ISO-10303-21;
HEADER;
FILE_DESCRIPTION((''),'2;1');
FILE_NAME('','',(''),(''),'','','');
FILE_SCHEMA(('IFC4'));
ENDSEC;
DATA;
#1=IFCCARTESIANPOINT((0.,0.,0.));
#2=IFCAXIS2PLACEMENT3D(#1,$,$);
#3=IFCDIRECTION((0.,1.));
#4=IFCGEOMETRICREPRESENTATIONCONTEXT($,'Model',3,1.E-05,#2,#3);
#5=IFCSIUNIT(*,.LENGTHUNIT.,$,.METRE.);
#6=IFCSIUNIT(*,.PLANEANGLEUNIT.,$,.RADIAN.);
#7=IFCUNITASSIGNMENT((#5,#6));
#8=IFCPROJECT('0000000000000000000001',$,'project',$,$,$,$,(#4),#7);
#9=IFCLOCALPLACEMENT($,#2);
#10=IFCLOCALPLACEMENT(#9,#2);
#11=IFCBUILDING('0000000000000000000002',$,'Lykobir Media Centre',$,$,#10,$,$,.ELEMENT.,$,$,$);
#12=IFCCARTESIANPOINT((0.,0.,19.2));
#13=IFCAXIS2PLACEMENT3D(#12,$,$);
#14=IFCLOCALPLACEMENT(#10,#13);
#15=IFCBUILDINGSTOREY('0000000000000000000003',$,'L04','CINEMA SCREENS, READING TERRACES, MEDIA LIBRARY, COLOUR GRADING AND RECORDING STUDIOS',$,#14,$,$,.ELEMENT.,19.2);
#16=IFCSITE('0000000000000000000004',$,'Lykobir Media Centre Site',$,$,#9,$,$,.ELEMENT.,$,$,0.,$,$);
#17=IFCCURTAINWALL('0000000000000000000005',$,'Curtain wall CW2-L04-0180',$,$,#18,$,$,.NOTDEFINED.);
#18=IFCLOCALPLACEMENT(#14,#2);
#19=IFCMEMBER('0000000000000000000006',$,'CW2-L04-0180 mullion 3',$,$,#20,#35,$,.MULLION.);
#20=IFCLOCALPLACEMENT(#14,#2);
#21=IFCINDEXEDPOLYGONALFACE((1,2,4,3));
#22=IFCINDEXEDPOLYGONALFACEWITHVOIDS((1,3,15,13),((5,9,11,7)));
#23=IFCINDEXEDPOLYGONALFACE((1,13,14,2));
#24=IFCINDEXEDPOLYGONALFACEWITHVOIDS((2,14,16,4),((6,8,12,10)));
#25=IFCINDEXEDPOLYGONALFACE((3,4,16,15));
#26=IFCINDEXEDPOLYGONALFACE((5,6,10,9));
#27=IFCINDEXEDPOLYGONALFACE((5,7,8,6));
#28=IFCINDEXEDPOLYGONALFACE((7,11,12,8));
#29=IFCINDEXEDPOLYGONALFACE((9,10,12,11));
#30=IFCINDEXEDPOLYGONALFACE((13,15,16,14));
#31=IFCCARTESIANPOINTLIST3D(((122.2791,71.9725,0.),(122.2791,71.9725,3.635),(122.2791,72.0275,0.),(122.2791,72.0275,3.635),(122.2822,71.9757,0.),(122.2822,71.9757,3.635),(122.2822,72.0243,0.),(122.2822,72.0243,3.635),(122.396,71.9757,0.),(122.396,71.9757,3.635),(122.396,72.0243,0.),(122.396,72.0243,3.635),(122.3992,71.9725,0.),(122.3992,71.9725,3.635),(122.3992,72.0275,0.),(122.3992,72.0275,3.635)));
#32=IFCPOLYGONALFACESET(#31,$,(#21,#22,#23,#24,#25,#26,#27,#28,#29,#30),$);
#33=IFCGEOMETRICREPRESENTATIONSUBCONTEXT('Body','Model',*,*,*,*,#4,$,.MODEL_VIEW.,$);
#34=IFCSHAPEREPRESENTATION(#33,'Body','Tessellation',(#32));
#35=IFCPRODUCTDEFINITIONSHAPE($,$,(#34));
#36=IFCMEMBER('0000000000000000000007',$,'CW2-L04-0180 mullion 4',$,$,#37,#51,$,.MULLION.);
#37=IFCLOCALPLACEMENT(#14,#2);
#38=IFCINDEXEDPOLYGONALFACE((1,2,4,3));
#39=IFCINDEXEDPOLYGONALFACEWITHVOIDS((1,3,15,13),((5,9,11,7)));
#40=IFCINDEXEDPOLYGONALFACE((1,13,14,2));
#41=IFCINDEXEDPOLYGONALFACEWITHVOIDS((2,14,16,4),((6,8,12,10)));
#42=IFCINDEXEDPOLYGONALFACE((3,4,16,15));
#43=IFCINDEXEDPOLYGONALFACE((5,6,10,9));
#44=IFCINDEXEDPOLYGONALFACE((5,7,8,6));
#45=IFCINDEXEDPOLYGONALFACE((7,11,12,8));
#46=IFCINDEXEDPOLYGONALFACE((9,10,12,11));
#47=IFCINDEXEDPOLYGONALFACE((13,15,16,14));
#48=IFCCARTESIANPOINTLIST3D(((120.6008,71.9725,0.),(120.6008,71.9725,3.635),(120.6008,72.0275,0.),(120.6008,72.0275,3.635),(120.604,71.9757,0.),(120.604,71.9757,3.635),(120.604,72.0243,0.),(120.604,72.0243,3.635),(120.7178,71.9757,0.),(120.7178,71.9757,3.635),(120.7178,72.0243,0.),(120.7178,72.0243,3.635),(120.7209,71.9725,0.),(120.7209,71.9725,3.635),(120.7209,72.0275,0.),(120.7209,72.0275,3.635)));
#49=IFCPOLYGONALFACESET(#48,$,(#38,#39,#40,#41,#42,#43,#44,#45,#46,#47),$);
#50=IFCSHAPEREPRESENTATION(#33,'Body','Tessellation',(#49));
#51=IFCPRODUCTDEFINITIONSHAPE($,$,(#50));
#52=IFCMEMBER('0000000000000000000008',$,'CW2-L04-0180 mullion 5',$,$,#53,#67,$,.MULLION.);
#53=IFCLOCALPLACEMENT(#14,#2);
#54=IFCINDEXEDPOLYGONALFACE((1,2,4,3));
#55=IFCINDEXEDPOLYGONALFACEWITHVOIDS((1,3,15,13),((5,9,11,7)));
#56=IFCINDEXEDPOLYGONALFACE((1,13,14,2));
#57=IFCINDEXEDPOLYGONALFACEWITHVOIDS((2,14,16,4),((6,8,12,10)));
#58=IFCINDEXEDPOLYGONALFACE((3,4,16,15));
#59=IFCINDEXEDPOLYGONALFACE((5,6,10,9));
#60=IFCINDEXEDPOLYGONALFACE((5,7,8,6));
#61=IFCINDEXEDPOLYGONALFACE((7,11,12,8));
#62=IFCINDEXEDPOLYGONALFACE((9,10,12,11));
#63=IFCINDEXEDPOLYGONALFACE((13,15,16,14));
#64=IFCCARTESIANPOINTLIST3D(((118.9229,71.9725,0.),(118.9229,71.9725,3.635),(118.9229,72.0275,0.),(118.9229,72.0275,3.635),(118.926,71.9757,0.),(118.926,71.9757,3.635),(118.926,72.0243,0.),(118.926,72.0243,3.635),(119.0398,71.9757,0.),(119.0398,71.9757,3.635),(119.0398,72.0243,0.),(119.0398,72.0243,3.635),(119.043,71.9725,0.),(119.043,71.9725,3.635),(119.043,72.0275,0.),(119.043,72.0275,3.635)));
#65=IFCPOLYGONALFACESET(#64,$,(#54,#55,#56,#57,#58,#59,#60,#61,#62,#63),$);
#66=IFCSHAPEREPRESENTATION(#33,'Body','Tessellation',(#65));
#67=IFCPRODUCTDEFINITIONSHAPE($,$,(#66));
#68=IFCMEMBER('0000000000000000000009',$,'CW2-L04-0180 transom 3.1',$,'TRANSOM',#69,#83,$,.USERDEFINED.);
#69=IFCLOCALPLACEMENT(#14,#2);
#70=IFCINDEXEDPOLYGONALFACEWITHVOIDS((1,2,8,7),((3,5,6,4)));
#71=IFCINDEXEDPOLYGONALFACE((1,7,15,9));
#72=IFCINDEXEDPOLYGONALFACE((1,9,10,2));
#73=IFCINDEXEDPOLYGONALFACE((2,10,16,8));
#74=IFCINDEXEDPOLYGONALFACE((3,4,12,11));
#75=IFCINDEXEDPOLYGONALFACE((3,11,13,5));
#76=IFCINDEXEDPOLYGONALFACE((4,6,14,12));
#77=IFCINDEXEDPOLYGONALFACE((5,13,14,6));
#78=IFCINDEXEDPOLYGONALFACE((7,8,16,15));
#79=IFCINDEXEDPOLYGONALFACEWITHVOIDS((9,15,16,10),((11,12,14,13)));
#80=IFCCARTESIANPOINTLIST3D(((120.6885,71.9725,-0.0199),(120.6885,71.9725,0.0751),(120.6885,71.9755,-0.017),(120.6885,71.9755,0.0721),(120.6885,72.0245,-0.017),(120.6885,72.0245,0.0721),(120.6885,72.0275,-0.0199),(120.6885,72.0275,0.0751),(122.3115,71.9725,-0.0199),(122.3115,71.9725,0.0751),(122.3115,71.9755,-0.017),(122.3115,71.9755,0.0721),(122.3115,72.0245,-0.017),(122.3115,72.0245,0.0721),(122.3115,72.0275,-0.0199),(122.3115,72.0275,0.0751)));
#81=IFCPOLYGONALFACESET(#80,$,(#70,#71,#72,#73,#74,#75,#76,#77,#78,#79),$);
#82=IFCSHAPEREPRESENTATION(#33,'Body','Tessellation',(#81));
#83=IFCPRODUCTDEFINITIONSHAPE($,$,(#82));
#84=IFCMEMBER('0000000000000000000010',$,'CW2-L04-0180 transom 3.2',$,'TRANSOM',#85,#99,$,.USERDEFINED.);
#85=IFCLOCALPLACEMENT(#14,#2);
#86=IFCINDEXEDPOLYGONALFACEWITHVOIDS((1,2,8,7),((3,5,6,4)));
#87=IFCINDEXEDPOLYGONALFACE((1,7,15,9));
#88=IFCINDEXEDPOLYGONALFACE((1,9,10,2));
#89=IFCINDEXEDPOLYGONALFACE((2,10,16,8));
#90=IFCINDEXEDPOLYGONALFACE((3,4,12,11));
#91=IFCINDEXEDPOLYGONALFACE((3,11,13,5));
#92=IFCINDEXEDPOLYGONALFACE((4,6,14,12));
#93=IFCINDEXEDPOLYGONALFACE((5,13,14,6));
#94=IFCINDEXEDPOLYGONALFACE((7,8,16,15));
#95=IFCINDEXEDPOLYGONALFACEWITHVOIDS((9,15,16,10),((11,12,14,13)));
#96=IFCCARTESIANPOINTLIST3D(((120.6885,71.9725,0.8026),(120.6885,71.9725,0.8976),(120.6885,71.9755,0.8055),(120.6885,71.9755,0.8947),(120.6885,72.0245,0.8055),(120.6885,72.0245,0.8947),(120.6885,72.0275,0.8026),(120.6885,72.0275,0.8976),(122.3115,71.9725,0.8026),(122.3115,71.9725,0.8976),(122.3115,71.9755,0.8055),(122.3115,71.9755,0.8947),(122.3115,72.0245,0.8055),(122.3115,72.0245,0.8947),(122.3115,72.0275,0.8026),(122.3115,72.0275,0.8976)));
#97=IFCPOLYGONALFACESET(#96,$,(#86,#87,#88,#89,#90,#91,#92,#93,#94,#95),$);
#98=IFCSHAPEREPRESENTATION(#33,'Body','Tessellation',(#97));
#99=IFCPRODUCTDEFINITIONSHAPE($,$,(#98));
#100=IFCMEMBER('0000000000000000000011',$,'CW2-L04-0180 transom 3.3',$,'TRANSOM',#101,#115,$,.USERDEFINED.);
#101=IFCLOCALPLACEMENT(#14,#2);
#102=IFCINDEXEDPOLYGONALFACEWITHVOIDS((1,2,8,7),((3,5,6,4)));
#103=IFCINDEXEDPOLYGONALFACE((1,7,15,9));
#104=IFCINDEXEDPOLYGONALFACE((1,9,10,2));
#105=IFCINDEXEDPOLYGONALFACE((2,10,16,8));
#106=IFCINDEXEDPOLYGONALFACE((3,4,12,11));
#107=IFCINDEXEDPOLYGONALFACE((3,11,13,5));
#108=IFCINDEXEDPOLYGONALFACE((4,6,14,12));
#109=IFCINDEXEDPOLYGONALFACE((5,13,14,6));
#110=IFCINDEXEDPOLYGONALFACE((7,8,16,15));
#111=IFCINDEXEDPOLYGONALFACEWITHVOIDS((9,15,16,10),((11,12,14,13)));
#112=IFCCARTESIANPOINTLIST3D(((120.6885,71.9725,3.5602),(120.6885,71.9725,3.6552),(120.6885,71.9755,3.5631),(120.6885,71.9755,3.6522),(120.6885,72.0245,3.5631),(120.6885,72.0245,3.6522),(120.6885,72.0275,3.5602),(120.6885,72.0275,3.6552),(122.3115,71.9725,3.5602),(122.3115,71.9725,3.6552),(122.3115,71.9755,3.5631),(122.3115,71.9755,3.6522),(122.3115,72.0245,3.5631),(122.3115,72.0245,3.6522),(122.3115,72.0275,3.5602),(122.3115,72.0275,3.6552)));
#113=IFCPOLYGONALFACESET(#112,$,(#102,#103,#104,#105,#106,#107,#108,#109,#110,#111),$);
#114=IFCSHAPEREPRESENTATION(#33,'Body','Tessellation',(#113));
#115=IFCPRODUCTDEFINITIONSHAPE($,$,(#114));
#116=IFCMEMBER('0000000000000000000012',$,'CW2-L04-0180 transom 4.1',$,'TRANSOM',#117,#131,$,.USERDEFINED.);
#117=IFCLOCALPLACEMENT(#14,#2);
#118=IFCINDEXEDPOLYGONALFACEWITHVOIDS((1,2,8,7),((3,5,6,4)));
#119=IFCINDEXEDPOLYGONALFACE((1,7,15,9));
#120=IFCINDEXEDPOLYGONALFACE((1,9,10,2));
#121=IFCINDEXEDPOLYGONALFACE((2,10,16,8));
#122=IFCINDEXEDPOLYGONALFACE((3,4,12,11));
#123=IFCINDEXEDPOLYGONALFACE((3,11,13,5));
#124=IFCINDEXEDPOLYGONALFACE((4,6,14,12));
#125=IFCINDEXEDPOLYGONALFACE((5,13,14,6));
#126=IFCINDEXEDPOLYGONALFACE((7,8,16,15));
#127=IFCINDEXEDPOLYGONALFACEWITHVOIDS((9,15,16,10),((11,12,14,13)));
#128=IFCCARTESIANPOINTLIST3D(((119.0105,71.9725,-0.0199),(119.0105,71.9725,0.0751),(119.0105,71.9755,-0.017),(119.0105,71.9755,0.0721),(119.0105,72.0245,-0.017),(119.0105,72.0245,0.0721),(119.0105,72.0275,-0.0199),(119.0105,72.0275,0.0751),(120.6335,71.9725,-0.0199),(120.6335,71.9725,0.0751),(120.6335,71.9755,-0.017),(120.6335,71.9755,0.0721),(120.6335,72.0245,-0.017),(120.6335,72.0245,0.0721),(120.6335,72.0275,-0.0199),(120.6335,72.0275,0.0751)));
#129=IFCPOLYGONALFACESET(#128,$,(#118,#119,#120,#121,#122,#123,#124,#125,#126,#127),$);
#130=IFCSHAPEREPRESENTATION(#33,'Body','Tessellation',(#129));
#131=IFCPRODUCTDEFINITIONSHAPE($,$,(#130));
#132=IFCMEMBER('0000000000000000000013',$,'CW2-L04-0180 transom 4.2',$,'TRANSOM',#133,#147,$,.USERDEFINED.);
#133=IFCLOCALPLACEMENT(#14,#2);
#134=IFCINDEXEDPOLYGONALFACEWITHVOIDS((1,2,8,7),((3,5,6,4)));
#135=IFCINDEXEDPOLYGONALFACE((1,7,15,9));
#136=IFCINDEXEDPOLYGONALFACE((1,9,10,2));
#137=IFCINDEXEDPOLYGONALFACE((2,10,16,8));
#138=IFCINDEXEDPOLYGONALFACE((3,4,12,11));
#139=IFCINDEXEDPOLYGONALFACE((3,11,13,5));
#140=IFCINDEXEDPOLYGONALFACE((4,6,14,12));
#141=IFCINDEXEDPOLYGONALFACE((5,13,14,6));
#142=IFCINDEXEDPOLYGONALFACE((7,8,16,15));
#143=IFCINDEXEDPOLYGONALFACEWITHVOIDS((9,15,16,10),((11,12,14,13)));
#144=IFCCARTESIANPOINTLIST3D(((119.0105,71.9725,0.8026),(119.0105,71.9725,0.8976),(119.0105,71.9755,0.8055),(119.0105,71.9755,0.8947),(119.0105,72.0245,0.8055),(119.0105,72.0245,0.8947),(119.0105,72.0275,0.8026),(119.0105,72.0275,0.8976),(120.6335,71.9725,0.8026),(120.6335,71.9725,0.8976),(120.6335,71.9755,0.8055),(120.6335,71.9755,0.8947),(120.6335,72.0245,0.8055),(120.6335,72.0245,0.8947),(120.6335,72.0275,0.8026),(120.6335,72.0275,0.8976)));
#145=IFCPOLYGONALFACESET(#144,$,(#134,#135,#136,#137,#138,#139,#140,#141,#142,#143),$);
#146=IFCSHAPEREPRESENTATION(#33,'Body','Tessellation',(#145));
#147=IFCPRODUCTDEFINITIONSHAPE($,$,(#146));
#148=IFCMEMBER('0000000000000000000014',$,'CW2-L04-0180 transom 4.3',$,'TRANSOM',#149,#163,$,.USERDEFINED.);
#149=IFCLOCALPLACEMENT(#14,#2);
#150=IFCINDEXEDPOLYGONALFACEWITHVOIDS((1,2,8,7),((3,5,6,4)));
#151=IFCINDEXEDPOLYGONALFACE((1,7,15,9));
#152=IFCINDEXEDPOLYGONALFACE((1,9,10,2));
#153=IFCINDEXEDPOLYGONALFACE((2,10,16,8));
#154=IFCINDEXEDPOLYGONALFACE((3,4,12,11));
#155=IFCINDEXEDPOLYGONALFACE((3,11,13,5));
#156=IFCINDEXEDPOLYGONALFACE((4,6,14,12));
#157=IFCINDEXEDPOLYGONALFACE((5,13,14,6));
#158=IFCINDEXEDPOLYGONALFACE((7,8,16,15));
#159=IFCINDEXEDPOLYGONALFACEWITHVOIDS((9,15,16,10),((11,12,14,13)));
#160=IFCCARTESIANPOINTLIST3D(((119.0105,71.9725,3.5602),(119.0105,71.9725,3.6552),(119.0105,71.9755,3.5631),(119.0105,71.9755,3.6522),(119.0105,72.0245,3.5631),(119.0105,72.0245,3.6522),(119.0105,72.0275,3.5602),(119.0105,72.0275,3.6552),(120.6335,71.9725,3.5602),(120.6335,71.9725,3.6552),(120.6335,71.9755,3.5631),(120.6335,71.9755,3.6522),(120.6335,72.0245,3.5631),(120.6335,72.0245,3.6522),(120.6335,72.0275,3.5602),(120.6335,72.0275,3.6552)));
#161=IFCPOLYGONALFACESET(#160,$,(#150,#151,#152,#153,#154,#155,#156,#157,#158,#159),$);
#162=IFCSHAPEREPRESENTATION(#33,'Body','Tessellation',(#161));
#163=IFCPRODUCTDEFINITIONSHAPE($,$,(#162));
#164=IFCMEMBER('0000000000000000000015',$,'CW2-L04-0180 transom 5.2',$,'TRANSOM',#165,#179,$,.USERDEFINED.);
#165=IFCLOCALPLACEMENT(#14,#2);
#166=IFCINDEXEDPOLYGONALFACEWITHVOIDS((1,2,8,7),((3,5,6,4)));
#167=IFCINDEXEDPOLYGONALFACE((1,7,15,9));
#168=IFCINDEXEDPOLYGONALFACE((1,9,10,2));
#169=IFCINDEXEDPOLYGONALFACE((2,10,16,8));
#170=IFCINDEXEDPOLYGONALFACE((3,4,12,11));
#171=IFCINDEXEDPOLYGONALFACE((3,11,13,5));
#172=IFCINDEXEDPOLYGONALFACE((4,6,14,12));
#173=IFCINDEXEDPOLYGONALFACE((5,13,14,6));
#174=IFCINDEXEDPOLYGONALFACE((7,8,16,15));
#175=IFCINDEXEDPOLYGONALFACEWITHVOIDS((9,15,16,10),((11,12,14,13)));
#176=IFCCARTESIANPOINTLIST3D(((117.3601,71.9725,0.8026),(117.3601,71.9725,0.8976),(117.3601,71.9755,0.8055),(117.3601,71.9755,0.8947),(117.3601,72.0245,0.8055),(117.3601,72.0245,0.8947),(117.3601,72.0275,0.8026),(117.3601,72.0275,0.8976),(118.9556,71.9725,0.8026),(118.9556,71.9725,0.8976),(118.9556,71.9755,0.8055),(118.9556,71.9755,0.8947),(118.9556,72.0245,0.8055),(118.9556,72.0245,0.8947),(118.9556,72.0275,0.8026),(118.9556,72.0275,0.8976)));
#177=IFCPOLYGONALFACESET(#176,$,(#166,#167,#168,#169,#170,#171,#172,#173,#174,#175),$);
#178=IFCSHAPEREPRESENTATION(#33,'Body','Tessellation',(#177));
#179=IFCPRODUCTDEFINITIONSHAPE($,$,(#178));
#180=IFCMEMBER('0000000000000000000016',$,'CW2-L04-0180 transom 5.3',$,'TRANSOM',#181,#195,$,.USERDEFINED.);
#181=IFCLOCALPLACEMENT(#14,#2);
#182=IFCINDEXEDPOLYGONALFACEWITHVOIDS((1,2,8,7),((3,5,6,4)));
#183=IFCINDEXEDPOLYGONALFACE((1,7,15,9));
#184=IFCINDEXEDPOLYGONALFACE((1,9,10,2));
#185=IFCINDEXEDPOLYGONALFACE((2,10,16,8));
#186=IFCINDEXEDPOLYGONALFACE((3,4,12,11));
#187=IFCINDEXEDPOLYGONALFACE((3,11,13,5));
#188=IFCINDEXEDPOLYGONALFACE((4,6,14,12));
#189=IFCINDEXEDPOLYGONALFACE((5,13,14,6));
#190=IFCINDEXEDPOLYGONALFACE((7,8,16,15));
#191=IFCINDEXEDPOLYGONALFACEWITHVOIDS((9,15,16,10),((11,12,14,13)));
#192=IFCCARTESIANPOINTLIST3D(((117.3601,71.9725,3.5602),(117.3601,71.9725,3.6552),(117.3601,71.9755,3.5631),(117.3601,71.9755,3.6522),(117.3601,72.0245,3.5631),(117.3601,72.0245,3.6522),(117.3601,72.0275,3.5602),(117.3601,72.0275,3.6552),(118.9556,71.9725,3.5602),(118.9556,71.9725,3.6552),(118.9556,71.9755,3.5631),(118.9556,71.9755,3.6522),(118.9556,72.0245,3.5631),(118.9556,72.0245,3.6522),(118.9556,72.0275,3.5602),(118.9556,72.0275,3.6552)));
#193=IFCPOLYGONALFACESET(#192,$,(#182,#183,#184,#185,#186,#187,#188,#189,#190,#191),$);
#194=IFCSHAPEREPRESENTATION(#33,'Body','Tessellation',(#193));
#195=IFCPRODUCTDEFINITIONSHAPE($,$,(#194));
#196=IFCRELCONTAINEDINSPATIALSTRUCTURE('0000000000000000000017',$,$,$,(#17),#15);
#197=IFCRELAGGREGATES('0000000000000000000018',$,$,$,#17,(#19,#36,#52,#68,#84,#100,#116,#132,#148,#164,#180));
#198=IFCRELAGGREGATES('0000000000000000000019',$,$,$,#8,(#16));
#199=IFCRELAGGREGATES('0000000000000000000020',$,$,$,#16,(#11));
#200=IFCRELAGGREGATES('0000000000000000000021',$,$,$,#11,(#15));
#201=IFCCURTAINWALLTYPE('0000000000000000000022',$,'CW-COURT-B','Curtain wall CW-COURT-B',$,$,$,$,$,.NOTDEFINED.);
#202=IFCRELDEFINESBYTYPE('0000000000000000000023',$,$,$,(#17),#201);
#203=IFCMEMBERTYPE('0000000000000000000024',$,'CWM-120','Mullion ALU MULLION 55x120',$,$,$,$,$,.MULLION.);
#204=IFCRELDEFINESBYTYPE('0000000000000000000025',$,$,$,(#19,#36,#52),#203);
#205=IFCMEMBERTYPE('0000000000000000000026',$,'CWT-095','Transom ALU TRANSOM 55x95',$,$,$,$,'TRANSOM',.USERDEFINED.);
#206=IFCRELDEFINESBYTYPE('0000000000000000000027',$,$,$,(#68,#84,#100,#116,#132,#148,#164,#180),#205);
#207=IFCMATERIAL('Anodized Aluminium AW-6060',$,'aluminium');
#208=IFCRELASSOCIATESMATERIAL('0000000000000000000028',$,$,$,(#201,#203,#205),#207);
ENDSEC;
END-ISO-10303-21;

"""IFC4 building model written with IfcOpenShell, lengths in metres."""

from ifc_helpers import new_model, si_unit, direction, frame, origin, origin_2d, place, context, subcontext, project, spatial, hollow_rectangle, extrude, material, material_profile, profile_set, type_object, element, aggregate, save


model = new_model("IFC4")

# Units and contexts
model_context = context("Model", 3, precision=1e-05, world=origin(), true_north=direction((0.0, 1.0)))
body_context = subcontext(model_context, "Body", "Model", "MODEL_VIEW")
ifc_project = project(units=[si_unit("LENGTHUNIT", "METRE"), si_unit("PLANEANGLEUNIT", "RADIAN")], contexts=[model_context])

# Site, building, storey
site_placement = place(None, origin())
site = spatial("IfcSite", under=ifc_project, at=site_placement, Name="Lykobir Media Centre Site", CompositionType="ELEMENT", RefElevation=0.0)
building_placement = place(site_placement, origin())
building = spatial("IfcBuilding", under=site, at=building_placement, Name="Lykobir Media Centre", CompositionType="ELEMENT")
storey_placement = place(building_placement, frame((0.0, 0.0, 19.2)))
storey = spatial("IfcBuildingStorey", under=building, at=storey_placement, Name="L04", Description="CINEMA SCREENS, READING TERRACES, MEDIA LIBRARY, COLOUR GRADING AND RECORDING STUDIOS", CompositionType="ELEMENT", Elevation=19.2)

# Curtain wall, members
ifc_material_1 = material(Name="Anodized Aluminium AW-6060", Category="aluminium")
curtain_wall_type = type_object("IfcCurtainWallType", Name="CW-COURT-B", Description="Curtain wall CW-COURT-B", PredefinedType="NOTDEFINED", material=ifc_material_1)
curtain_wall_placement = place(storey_placement, origin())
curtain_wall = element("IfcCurtainWall", 1, at=curtain_wall_placement, inside=storey, type_object=curtain_wall_type, Name="Curtain wall CW2-L04-0180", PredefinedType="NOTDEFINED")
ifc_material_profile_1 = material_profile(ifc_material_1, hollow_rectangle(XDim=0.0549, YDim=0.1201, WallThickness=0.0032, at=origin_2d()), Name="ALU MULLION 55x120")
ifc_profile_set_1 = profile_set([ifc_material_profile_1], Name="Anodized Aluminium AW-6060")
member_type_1 = type_object("IfcMemberType", Name="CWM-120", Description="Mullion ALU MULLION 55x120", PredefinedType="MULLION", material=ifc_profile_set_1)
member_1_placement = place(storey_placement, frame((122.3391, 72.0, 0.0), z_axis=(0.0, 0.0, 1.0), x_axis=(0.0, -1.0, 0.0)))
member_1 = element("IfcMember", 2, at=member_1_placement, type_object=member_type_1, Name="CW2-L04-0180 mullion 3", PredefinedType="MULLION", context=body_context, shape_type="SweptSolid", body=[
    extrude(hollow_rectangle(XDim=0.0549, YDim=0.1201, WallThickness=0.0032, at=origin_2d()), origin(), (0.0, 0.0, 1.0), 3.635),
])
member_2_placement = place(storey_placement, frame((120.6609, 72.0, 0.0), z_axis=(0.0, 0.0, 1.0), x_axis=(0.0, -1.0, 0.0)))
member_2 = element("IfcMember", 3, at=member_2_placement, type_object=member_type_1, Name="CW2-L04-0180 mullion 4", PredefinedType="MULLION", context=body_context, shape_type="SweptSolid", body=[
    extrude(hollow_rectangle(XDim=0.0549, YDim=0.1201, WallThickness=0.0032, at=origin_2d()), origin(), (0.0, 0.0, 1.0), 3.635),
])
member_3_placement = place(storey_placement, frame((118.9829, 72.0, 0.0), z_axis=(0.0, 0.0, 1.0), x_axis=(0.0, -1.0, 0.0)))
member_3 = element("IfcMember", 4, at=member_3_placement, type_object=member_type_1, Name="CW2-L04-0180 mullion 5", PredefinedType="MULLION", context=body_context, shape_type="SweptSolid", body=[
    extrude(hollow_rectangle(XDim=0.0549, YDim=0.1201, WallThickness=0.0032, at=origin_2d()), origin(), (0.0, 0.0, 1.0), 3.635),
])
ifc_material_profile_2 = material_profile(ifc_material_1, hollow_rectangle(XDim=0.0549, YDim=0.095, WallThickness=0.0029, at=origin_2d()), Name="ALU TRANSOM 55x95")
ifc_profile_set_2 = profile_set([ifc_material_profile_2], Name="Anodized Aluminium AW-6060")
member_type_2 = type_object("IfcMemberType", Name="CWT-095", Description="Transom ALU TRANSOM 55x95", ElementType="TRANSOM", PredefinedType="USERDEFINED", material=ifc_profile_set_2)
member_4_placement = place(storey_placement, frame((122.3115, 72.0, 0.0276), z_axis=(-1.0, 0.0, 0.0), x_axis=(0.0, -1.0, 0.0)))
member_4 = element("IfcMember", 5, at=member_4_placement, type_object=member_type_2, Name="CW2-L04-0180 transom 3.1", ObjectType="TRANSOM", PredefinedType="USERDEFINED", context=body_context, shape_type="SweptSolid", body=[
    extrude(hollow_rectangle(XDim=0.0549, YDim=0.095, WallThickness=0.0029, at=origin_2d()), origin(), (0.0, 0.0, 1.0), 1.623),
])
member_5_placement = place(storey_placement, frame((122.3115, 72.0, 0.8501), z_axis=(-1.0, 0.0, 0.0), x_axis=(0.0, -1.0, 0.0)))
member_5 = element("IfcMember", 6, at=member_5_placement, type_object=member_type_2, Name="CW2-L04-0180 transom 3.2", ObjectType="TRANSOM", PredefinedType="USERDEFINED", context=body_context, shape_type="SweptSolid", body=[
    extrude(hollow_rectangle(XDim=0.0549, YDim=0.095, WallThickness=0.0029, at=origin_2d()), origin(), (0.0, 0.0, 1.0), 1.623),
])
member_6_placement = place(storey_placement, frame((122.3115, 72.0, 3.6077), z_axis=(-1.0, 0.0, 0.0), x_axis=(0.0, -1.0, 0.0)))
member_6 = element("IfcMember", 7, at=member_6_placement, type_object=member_type_2, Name="CW2-L04-0180 transom 3.3", ObjectType="TRANSOM", PredefinedType="USERDEFINED", context=body_context, shape_type="SweptSolid", body=[
    extrude(hollow_rectangle(XDim=0.0549, YDim=0.095, WallThickness=0.0029, at=origin_2d()), origin(), (0.0, 0.0, 1.0), 1.623),
])
member_7_placement = place(storey_placement, frame((120.6335, 72.0, 0.0276), z_axis=(-1.0, 0.0, 0.0), x_axis=(0.0, -1.0, 0.0)))
member_7 = element("IfcMember", 8, at=member_7_placement, type_object=member_type_2, Name="CW2-L04-0180 transom 4.1", ObjectType="TRANSOM", PredefinedType="USERDEFINED", context=body_context, shape_type="SweptSolid", body=[
    extrude(hollow_rectangle(XDim=0.0549, YDim=0.095, WallThickness=0.0029, at=origin_2d()), origin(), (0.0, 0.0, 1.0), 1.623),
])
member_8_placement = place(storey_placement, frame((120.6335, 72.0, 0.8501), z_axis=(-1.0, 0.0, 0.0), x_axis=(0.0, -1.0, 0.0)))
member_8 = element("IfcMember", 9, at=member_8_placement, type_object=member_type_2, Name="CW2-L04-0180 transom 4.2", ObjectType="TRANSOM", PredefinedType="USERDEFINED", context=body_context, shape_type="SweptSolid", body=[
    extrude(hollow_rectangle(XDim=0.0549, YDim=0.095, WallThickness=0.0029, at=origin_2d()), origin(), (0.0, 0.0, 1.0), 1.623),
])
member_9_placement = place(storey_placement, frame((120.6335, 72.0, 3.6077), z_axis=(-1.0, 0.0, 0.0), x_axis=(0.0, -1.0, 0.0)))
member_9 = element("IfcMember", 10, at=member_9_placement, type_object=member_type_2, Name="CW2-L04-0180 transom 4.3", ObjectType="TRANSOM", PredefinedType="USERDEFINED", context=body_context, shape_type="SweptSolid", body=[
    extrude(hollow_rectangle(XDim=0.0549, YDim=0.095, WallThickness=0.0029, at=origin_2d()), origin(), (0.0, 0.0, 1.0), 1.623),
])
member_10_placement = place(storey_placement, frame((118.9556, 72.0, 0.8501), z_axis=(-1.0, 0.0, 0.0), x_axis=(0.0, -1.0, 0.0)))
member_10 = element("IfcMember", 11, at=member_10_placement, type_object=member_type_2, Name="CW2-L04-0180 transom 5.2", ObjectType="TRANSOM", PredefinedType="USERDEFINED", context=body_context, shape_type="SweptSolid", body=[
    extrude(hollow_rectangle(XDim=0.0549, YDim=0.095, WallThickness=0.0029, at=origin_2d()), origin(), (0.0, 0.0, 1.0), 1.5955),
])
member_11_placement = place(storey_placement, frame((118.9556, 72.0, 3.6077), z_axis=(-1.0, 0.0, 0.0), x_axis=(0.0, -1.0, 0.0)))
member_11 = element("IfcMember", 12, at=member_11_placement, type_object=member_type_2, Name="CW2-L04-0180 transom 5.3", ObjectType="TRANSOM", PredefinedType="USERDEFINED", context=body_context, shape_type="SweptSolid", body=[
    extrude(hollow_rectangle(XDim=0.0549, YDim=0.095, WallThickness=0.0029, at=origin_2d()), origin(), (0.0, 0.0, 1.0), 1.5955),
])
aggregate(curtain_wall, [member_1, member_2, member_3, member_4, member_5, member_6, member_7, member_8, member_9, member_10, member_11])

save(model, "model.ifc")
